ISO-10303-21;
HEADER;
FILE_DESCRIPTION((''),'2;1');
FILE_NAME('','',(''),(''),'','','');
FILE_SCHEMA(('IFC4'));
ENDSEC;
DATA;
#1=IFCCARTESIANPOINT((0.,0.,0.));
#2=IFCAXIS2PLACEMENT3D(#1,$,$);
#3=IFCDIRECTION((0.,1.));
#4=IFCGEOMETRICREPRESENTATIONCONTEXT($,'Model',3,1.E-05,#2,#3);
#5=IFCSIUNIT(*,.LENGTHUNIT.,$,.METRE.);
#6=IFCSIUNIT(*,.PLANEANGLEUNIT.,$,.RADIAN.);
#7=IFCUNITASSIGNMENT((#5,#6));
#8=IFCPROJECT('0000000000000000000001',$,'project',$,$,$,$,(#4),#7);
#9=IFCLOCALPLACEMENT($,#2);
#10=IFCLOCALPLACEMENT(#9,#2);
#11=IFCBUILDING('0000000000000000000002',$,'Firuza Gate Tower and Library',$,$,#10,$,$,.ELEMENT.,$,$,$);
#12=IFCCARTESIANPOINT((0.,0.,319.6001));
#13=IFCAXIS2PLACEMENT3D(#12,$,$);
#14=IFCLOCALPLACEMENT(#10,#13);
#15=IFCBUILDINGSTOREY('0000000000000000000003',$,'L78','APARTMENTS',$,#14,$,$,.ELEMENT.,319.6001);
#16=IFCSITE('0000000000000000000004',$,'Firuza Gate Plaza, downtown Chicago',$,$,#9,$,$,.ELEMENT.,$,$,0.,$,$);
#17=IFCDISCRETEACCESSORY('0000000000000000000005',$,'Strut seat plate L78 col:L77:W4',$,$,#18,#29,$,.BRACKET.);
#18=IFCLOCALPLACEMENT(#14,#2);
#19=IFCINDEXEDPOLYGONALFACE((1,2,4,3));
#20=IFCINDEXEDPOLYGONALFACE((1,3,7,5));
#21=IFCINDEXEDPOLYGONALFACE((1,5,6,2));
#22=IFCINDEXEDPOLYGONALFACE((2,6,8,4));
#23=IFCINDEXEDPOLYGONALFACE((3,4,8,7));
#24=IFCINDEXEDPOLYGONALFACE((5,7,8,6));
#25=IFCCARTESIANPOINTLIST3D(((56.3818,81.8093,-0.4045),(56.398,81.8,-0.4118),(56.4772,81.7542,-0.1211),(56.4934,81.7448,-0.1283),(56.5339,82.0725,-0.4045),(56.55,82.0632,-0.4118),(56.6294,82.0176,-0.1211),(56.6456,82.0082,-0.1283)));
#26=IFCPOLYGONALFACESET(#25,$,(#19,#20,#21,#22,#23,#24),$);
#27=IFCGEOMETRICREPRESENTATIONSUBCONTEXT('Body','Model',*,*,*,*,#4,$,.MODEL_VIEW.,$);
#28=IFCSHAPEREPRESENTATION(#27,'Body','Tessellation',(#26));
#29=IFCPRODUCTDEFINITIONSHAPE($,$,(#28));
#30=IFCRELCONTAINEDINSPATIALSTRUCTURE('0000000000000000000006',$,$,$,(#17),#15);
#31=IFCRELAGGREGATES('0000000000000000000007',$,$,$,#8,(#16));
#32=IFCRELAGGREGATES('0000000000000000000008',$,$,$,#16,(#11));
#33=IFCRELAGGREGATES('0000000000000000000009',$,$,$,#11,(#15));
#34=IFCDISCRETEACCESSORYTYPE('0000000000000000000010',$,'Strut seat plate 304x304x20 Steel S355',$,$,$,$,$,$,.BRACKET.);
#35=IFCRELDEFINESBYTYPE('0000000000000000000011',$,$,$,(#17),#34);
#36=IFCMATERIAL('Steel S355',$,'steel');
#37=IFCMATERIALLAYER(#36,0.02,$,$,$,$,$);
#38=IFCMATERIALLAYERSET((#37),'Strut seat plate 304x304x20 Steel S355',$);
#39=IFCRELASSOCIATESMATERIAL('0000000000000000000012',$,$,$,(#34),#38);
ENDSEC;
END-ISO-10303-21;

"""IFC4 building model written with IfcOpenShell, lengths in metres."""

from ifc_helpers import new_model, si_unit, direction, frame, origin, place, context, subcontext, project, spatial, polyline, outline, extrude, material, layer, layer_set, type_object, element, save


model = new_model("IFC4")

# Units and contexts
model_context = context("Model", 3, precision=1e-05, world=origin(), true_north=direction((0.0, 1.0)))
body_context = subcontext(model_context, "Body", "Model", "MODEL_VIEW")
ifc_project = project(units=[si_unit("LENGTHUNIT", "METRE"), si_unit("PLANEANGLEUNIT", "RADIAN")], contexts=[model_context])

# Site, building, storey
site_placement = place(None, origin())
site = spatial("IfcSite", under=ifc_project, at=site_placement, Name="Firuza Gate Plaza, downtown Chicago", CompositionType="ELEMENT", RefElevation=0.0)
building_placement = place(site_placement, origin())
building = spatial("IfcBuilding", under=site, at=building_placement, Name="Firuza Gate Tower and Library", CompositionType="ELEMENT")
storey_placement = place(building_placement, frame((0.0, 0.0, 319.6001)))
storey = spatial("IfcBuildingStorey", under=building, at=storey_placement, Name="L78", Description="APARTMENTS", CompositionType="ELEMENT", Elevation=319.6001)

# Discrete accessory
ifc_material_1 = material(Name="Steel S355", Category="steel")
ifc_layer_1 = layer(ifc_material_1, 0.02)
ifc_layer_set_1 = layer_set([ifc_layer_1], Name="Strut seat plate 304x304x20 Steel S355")
discrete_accessory_type = type_object("IfcDiscreteAccessoryType", Name="Strut seat plate 304x304x20 Steel S355", PredefinedType="BRACKET", material=ifc_layer_set_1)
discrete_accessory_1_placement = place(storey_placement, frame((56.6294, 82.0176, -0.1211), z_axis=(-0.807065, 0.466204, 0.362353), x_axis=(-0.500175, -0.865925, 0.000068)))
element("IfcDiscreteAccessory", 1, at=discrete_accessory_1_placement, inside=storey, type_object=discrete_accessory_type, Name="Strut seat plate L78 col:L77:W4", PredefinedType="BRACKET", context=body_context, shape_type="SweptSolid", body=[
    extrude(outline(polyline([(0.0, 0.0), (0.3042, 0.0), (0.3041, -0.3041), (0.0002, -0.3041), (0.0, 0.0)])), origin(), (0.0, 0.0, -1.0), 0.02),
])

save(model, "model.ifc")
